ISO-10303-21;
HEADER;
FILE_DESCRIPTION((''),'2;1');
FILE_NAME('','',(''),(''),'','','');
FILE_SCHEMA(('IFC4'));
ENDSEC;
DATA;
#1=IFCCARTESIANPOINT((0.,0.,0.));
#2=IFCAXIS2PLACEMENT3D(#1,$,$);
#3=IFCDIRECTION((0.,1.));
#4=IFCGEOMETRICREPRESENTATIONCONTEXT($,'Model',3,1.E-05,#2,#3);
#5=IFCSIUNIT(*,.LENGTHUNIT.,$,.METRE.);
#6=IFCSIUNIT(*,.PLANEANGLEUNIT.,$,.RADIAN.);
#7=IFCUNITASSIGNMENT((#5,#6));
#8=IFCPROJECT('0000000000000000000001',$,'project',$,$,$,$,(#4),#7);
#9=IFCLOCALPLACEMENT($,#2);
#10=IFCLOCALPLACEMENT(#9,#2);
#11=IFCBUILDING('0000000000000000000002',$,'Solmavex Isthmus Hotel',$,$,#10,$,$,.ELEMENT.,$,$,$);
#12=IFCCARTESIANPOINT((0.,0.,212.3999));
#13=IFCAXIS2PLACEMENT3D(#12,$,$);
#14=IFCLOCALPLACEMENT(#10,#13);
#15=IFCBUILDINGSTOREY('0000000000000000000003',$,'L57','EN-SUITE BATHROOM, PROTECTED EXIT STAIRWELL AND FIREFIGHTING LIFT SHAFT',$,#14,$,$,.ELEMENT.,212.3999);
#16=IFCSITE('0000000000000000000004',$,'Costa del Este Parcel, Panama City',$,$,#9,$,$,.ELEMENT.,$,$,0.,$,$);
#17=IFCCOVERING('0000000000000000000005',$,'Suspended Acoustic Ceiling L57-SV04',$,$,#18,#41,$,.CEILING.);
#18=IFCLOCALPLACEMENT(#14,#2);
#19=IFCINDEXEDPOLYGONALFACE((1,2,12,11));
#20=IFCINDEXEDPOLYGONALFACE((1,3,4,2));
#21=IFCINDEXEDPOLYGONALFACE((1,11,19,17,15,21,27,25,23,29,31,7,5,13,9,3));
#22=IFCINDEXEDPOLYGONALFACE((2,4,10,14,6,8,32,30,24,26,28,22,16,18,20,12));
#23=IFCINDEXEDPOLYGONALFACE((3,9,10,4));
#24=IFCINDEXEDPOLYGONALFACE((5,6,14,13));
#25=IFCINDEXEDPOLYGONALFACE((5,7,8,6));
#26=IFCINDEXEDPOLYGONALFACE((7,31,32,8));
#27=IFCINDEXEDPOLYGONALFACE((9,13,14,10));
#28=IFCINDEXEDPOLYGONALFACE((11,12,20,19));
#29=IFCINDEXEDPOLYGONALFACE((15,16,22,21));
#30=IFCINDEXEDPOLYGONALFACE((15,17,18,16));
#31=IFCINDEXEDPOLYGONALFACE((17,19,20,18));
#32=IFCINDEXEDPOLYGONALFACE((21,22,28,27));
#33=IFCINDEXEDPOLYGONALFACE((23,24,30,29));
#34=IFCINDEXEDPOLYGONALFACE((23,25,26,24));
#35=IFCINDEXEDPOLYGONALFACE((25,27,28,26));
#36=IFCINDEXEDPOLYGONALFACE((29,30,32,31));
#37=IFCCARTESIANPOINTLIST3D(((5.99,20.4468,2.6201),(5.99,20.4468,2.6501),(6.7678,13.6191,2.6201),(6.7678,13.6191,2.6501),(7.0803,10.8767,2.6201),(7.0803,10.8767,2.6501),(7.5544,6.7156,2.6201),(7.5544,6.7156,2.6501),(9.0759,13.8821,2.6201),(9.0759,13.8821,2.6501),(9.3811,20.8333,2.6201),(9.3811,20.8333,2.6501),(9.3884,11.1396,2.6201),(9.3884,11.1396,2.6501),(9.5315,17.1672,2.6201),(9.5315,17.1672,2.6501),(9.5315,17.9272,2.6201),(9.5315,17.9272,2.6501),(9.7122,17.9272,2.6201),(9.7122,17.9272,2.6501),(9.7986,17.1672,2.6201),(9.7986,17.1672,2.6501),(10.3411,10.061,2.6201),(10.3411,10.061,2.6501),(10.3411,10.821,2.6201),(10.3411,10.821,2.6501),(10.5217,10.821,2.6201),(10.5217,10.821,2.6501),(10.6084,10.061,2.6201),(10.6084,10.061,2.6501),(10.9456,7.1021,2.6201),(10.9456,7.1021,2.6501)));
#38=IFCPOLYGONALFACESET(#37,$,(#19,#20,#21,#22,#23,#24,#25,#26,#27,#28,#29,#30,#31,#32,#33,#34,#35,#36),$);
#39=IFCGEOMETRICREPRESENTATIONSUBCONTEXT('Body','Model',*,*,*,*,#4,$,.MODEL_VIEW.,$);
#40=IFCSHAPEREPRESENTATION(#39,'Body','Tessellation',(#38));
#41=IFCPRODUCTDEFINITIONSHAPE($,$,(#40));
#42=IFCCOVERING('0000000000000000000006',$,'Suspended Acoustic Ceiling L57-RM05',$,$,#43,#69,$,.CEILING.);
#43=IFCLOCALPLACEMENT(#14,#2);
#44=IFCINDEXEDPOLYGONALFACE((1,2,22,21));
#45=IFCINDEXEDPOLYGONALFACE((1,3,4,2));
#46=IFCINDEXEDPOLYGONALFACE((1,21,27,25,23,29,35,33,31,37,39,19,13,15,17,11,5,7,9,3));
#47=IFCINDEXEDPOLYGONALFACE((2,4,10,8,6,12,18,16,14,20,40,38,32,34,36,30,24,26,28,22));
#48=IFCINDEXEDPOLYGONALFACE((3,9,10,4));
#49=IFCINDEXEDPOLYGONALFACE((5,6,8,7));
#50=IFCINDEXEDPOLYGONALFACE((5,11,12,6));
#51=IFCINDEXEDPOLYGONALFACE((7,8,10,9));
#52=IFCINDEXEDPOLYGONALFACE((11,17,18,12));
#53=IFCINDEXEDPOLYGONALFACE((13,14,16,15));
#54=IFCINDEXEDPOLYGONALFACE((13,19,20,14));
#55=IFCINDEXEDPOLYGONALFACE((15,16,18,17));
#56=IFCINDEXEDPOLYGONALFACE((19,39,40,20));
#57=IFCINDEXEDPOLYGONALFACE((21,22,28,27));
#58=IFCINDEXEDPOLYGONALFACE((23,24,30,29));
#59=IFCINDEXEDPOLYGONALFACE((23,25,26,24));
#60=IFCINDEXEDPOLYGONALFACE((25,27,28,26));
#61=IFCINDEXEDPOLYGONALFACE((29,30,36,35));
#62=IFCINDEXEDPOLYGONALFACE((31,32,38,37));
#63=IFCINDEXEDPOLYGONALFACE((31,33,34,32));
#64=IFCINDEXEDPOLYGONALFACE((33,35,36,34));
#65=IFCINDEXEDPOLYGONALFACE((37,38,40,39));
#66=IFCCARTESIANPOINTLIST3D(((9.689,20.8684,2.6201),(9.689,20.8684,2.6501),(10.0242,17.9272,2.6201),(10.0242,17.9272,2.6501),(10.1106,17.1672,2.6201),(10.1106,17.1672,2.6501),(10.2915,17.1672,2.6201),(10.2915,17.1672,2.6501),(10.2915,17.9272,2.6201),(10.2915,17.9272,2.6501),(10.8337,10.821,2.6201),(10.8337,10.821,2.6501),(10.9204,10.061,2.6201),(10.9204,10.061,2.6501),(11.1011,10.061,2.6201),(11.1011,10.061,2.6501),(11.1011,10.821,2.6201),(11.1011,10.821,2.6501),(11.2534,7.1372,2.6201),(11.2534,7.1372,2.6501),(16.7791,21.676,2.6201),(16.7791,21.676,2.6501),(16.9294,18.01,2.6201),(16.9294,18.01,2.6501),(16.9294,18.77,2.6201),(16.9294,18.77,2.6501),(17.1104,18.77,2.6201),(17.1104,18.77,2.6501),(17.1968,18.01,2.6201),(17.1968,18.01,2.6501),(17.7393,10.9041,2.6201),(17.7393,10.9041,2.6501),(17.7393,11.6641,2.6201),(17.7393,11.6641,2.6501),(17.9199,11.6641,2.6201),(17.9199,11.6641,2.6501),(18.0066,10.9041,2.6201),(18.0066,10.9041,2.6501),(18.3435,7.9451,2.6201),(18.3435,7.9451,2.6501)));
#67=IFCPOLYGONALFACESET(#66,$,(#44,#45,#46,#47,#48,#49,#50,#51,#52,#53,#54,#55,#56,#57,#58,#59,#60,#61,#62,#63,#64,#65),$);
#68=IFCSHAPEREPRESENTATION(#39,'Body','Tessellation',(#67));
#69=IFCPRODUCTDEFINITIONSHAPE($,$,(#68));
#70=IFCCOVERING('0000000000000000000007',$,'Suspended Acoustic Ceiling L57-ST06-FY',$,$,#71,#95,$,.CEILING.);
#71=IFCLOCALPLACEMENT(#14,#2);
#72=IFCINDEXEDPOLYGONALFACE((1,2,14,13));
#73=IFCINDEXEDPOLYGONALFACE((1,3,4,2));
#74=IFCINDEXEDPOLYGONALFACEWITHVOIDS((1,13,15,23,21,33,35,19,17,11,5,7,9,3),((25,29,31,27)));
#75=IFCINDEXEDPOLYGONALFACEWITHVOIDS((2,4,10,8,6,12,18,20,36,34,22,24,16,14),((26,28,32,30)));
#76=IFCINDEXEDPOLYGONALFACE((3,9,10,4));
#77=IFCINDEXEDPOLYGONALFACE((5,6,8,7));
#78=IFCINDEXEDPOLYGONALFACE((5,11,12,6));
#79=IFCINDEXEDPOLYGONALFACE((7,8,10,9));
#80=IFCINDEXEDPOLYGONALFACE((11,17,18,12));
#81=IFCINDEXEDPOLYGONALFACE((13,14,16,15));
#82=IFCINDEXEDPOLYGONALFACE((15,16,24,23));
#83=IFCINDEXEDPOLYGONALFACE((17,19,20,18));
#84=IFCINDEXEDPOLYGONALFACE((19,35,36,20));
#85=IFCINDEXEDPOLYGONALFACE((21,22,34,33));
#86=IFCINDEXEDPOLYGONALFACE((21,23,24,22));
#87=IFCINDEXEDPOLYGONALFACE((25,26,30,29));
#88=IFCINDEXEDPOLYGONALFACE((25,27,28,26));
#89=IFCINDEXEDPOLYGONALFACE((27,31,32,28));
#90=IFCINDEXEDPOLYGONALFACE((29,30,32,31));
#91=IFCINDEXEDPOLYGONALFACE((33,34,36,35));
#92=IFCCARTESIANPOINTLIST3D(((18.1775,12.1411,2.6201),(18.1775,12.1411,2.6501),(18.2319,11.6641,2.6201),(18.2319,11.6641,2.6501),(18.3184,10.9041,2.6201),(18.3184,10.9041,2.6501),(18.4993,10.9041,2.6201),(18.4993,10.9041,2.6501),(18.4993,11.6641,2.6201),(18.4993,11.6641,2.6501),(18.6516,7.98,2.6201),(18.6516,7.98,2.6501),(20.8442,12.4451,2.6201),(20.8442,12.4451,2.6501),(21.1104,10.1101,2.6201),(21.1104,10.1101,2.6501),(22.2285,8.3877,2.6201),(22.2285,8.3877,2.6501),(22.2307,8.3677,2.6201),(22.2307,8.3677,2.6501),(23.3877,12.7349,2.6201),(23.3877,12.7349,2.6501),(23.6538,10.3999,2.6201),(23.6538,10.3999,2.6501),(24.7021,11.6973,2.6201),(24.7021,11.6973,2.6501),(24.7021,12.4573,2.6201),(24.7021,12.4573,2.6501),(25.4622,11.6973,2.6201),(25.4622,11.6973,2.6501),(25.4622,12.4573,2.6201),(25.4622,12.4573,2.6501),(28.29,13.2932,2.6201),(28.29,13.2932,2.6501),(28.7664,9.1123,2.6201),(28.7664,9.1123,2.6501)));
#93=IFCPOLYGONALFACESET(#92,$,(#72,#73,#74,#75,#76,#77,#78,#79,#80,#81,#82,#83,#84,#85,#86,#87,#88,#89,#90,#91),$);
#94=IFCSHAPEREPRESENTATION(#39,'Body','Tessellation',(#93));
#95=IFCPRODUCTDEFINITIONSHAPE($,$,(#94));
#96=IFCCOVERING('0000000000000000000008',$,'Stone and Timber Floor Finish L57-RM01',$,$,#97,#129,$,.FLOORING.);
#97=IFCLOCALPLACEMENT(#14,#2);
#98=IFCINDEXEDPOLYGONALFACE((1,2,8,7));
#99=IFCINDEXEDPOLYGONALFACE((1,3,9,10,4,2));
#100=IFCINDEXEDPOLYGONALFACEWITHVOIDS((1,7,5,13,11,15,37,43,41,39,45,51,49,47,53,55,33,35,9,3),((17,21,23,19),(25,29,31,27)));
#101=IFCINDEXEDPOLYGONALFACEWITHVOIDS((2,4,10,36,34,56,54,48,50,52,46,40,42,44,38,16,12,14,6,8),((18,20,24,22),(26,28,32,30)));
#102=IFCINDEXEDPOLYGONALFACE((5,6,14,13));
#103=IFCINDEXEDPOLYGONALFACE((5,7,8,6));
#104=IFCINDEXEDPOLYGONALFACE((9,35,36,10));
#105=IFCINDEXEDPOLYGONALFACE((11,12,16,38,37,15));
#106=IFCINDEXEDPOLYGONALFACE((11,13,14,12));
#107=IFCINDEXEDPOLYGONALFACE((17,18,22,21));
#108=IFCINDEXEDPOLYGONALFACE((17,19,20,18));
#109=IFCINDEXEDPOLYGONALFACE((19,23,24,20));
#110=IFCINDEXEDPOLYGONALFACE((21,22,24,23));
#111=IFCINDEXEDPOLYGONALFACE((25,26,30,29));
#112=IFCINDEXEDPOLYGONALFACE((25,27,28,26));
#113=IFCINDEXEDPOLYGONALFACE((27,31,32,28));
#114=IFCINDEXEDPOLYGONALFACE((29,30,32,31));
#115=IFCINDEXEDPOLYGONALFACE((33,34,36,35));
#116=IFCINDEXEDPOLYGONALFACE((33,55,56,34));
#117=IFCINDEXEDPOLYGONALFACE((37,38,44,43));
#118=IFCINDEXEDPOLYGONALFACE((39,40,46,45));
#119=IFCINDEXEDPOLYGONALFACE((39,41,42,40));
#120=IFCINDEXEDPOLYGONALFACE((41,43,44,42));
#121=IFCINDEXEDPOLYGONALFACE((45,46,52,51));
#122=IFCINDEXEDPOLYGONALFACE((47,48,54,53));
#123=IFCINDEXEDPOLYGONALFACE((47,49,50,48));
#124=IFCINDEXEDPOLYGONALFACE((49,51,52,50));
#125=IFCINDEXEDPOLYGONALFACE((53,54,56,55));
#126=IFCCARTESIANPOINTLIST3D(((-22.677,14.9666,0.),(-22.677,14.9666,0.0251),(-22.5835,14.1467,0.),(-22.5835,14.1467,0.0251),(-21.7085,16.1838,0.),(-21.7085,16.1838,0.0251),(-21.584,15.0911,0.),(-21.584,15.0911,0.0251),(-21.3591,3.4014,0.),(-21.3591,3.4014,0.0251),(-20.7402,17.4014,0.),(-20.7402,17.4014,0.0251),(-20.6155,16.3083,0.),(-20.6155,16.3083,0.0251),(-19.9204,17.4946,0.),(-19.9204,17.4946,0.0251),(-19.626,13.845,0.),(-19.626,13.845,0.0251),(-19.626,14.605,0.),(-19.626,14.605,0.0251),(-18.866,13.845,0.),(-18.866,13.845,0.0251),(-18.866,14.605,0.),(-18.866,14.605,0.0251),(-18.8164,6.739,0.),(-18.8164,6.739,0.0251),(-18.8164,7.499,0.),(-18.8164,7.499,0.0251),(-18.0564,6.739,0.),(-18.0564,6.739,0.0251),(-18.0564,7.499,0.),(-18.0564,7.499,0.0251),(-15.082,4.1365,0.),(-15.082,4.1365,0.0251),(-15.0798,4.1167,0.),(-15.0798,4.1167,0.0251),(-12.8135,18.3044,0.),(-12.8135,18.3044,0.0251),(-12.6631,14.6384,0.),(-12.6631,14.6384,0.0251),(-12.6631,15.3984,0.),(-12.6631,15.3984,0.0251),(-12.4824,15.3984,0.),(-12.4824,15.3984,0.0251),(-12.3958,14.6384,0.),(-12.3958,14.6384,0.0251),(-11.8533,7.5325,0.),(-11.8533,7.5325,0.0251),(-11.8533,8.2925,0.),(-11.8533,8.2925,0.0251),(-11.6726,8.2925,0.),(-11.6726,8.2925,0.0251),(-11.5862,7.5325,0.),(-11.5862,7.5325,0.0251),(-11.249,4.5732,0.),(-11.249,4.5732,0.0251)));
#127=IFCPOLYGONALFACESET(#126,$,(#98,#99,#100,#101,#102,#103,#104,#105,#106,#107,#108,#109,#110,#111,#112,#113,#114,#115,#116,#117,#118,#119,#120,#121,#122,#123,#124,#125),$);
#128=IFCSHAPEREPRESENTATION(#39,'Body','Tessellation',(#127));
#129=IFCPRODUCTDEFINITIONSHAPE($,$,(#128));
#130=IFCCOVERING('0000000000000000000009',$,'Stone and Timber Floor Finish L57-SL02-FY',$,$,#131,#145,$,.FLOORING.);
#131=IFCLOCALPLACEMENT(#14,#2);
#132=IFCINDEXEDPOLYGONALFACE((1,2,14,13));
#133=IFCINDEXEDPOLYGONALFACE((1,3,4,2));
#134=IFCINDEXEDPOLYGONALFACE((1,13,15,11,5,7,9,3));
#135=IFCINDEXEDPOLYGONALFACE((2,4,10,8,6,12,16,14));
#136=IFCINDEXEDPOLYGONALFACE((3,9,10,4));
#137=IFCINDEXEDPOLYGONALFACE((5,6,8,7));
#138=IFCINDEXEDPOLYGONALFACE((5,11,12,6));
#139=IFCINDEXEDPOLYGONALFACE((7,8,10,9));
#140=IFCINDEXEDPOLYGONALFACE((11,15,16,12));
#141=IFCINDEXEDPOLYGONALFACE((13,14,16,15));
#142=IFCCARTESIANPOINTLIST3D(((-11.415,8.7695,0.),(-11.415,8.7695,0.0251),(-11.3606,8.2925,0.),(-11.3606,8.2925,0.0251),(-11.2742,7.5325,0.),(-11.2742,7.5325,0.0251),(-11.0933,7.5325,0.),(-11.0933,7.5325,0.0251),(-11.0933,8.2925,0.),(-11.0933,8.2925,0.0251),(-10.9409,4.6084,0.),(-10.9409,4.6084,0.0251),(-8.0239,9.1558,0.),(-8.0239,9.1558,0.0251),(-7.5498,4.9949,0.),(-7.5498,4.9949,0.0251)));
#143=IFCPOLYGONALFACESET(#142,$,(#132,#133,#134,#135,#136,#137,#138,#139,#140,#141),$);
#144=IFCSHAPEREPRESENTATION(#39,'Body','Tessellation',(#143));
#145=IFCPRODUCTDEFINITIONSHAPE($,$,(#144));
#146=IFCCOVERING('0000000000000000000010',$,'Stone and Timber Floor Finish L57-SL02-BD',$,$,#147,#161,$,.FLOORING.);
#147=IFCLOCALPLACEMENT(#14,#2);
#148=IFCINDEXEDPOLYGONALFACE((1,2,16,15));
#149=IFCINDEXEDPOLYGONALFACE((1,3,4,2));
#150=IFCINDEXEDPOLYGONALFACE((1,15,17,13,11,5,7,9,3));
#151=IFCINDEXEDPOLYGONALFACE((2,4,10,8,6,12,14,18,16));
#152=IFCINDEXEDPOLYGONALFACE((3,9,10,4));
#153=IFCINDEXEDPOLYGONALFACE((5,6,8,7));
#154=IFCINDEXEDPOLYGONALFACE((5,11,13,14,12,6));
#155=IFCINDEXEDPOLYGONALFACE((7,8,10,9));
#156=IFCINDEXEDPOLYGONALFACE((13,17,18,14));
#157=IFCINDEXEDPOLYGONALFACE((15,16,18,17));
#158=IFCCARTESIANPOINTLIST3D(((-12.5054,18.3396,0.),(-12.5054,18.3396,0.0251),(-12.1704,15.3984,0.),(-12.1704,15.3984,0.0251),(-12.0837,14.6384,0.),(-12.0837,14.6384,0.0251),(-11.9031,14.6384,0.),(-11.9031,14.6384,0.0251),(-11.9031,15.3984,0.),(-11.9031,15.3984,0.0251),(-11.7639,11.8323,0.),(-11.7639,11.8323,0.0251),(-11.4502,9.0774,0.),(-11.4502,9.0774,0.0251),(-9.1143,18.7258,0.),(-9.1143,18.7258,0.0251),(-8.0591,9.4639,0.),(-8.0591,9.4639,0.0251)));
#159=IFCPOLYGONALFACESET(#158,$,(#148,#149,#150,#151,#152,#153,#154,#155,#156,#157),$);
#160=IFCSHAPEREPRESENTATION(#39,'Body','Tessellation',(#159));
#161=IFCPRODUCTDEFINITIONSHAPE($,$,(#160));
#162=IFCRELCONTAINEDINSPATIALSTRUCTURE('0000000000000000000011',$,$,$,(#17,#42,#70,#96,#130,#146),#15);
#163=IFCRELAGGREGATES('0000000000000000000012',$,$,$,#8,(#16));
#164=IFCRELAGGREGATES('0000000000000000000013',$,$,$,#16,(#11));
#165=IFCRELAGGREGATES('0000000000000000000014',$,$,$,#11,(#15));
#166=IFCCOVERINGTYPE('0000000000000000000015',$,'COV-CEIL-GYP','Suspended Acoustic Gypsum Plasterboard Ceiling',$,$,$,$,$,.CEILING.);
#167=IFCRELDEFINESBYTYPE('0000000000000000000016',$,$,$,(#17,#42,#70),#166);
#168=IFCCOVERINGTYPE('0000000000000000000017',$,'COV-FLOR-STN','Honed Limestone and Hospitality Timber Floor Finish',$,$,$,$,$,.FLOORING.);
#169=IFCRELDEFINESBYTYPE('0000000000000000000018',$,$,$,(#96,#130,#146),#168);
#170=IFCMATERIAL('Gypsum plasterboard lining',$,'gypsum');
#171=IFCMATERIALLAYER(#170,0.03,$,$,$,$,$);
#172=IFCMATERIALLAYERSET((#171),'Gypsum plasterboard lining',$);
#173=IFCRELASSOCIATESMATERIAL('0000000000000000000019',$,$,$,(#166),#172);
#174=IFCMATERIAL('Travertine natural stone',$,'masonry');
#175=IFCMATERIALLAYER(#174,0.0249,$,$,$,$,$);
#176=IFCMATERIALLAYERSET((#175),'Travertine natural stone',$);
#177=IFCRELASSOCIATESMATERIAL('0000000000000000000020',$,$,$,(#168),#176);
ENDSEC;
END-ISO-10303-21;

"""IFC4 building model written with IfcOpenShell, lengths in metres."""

from ifc_helpers import new_model, si_unit, direction, frame, origin, place, context, subcontext, project, spatial, polyline, outline, extrude, material, layer, layer_set, type_object, element, save


model = new_model("IFC4")

# Units and contexts
model_context = context("Model", 3, precision=1e-05, world=origin(), true_north=direction((0.0, 1.0)))
body_context = subcontext(model_context, "Body", "Model", "MODEL_VIEW")
ifc_project = project(units=[si_unit("LENGTHUNIT", "METRE"), si_unit("PLANEANGLEUNIT", "RADIAN")], contexts=[model_context])

# Site, building, storey
site_placement = place(None, origin())
site = spatial("IfcSite", under=ifc_project, at=site_placement, Name="Costa del Este Parcel, Panama City", CompositionType="ELEMENT", RefElevation=0.0)
building_placement = place(site_placement, origin())
building = spatial("IfcBuilding", under=site, at=building_placement, Name="Solmavex Isthmus Hotel", CompositionType="ELEMENT")
storey_placement = place(building_placement, frame((0.0, 0.0, 212.3999)))
storey = spatial("IfcBuildingStorey", under=building, at=storey_placement, Name="L57", Description="EN-SUITE BATHROOM, PROTECTED EXIT STAIRWELL AND FIREFIGHTING LIFT SHAFT", CompositionType="ELEMENT", Elevation=212.3999)

# Shared definitions
ifc_material_1 = material(Name="Gypsum plasterboard lining", Category="gypsum")

# Coverings
ifc_layer_1 = layer(ifc_material_1, 0.03)
ifc_layer_set_1 = layer_set([ifc_layer_1], Name="Gypsum plasterboard lining")
covering_type_1 = type_object("IfcCoveringType", Name="COV-CEIL-GYP", Description="Suspended Acoustic Gypsum Plasterboard Ceiling", PredefinedType="CEILING", material=ifc_layer_set_1)
covering_1_placement = place(storey_placement, frame((0.0, 0.0, 2.6201)))
element("IfcCovering", 1, at=covering_1_placement, inside=storey, type_object=covering_type_1, Name="Suspended Acoustic Ceiling L57-SV04", PredefinedType="CEILING", context=body_context, shape_type="SweptSolid", body=[
    extrude(outline(polyline([(9.7986, 17.1672), (9.5315, 17.1672), (9.5315, 17.9272), (9.7122, 17.9272), (9.3811, 20.8333), (5.99, 20.4468), (6.7678, 13.6191), (9.0759, 13.8821), (9.3884, 11.1396), (7.0803, 10.8767), (7.5544, 6.7156), (10.9456, 7.1021), (10.6084, 10.061), (10.3411, 10.061), (10.3411, 10.821), (10.5217, 10.821), (9.7986, 17.1672)])), origin(), (0.0, 0.0, 1.0), 0.03),
])
covering_2_placement = place(storey_placement, frame((0.0, 0.0, 2.6201)))
element("IfcCovering", 2, at=covering_2_placement, inside=storey, type_object=covering_type_1, Name="Suspended Acoustic Ceiling L57-RM05", PredefinedType="CEILING", context=body_context, shape_type="SweptSolid", body=[
    extrude(outline(polyline([(10.8337, 10.821), (11.1011, 10.821), (11.1011, 10.061), (10.9204, 10.061), (11.2534, 7.1372), (18.3435, 7.9451), (18.0066, 10.9041), (17.7393, 10.9041), (17.7393, 11.6641), (17.9199, 11.6641), (17.1968, 18.01), (16.9294, 18.01), (16.9294, 18.77), (17.1104, 18.77), (16.7791, 21.676), (9.689, 20.8684), (10.0242, 17.9272), (10.2915, 17.9272), (10.2915, 17.1672), (10.1106, 17.1672), (10.8337, 10.821)])), origin(), (0.0, 0.0, 1.0), 0.03),
])
covering_3_placement = place(storey_placement, frame((0.0, 0.0, 2.6201)))
element("IfcCovering", 3, at=covering_3_placement, inside=storey, type_object=covering_type_1, Name="Suspended Acoustic Ceiling L57-ST06-FY", PredefinedType="CEILING", context=body_context, shape_type="SweptSolid", body=[
    extrude(outline(polyline([(18.1775, 12.1411), (18.2319, 11.6641), (18.4993, 11.6641), (18.4993, 10.9041), (18.3184, 10.9041), (18.6516, 7.98), (22.2285, 8.3877), (22.2307, 8.3677), (28.7664, 9.1123), (28.29, 13.2932), (23.3877, 12.7349), (23.6538, 10.3999), (21.1104, 10.1101), (20.8442, 12.4451), (18.1775, 12.1411)]), holes=[polyline([(24.7021, 11.6973), (24.7021, 12.4573), (25.4622, 12.4573), (25.4622, 11.6973), (24.7021, 11.6973)])]), origin(), (0.0, 0.0, 1.0), 0.03),
])
ifc_material_2 = material(Name="Travertine natural stone", Category="masonry")
ifc_layer_2 = layer(ifc_material_2, 0.0249)
ifc_layer_set_2 = layer_set([ifc_layer_2], Name="Travertine natural stone")
covering_type_2 = type_object("IfcCoveringType", Name="COV-FLOR-STN", Description="Honed Limestone and Hospitality Timber Floor Finish", PredefinedType="FLOORING", material=ifc_layer_set_2)
covering_4_placement = place(storey_placement, origin())
element("IfcCovering", 4, at=covering_4_placement, inside=storey, type_object=covering_type_2, Name="Stone and Timber Floor Finish L57-RM01", PredefinedType="FLOORING", context=body_context, shape_type="SweptSolid", body=[
    extrude(outline(polyline([(-15.0798, 4.1167), (-15.082, 4.1365), (-11.249, 4.5732), (-11.5862, 7.5325), (-11.8533, 7.5325), (-11.8533, 8.2925), (-11.6726, 8.2925), (-12.3958, 14.6384), (-12.6631, 14.6384), (-12.6631, 15.3984), (-12.4824, 15.3984), (-12.8135, 18.3044), (-19.9204, 17.4946), (-20.7402, 17.4014), (-20.6155, 16.3083), (-21.7085, 16.1838), (-21.584, 15.0911), (-22.677, 14.9666), (-22.5835, 14.1467), (-21.3591, 3.4014), (-15.0798, 4.1167)]), holes=[polyline([(-18.8164, 6.739), (-18.8164, 7.499), (-18.0564, 7.499), (-18.0564, 6.739), (-18.8164, 6.739)]), polyline([(-19.626, 13.845), (-19.626, 14.605), (-18.866, 14.605), (-18.866, 13.845), (-19.626, 13.845)])]), origin(), (0.0, 0.0, 1.0), 0.0251),
])
covering_5_placement = place(storey_placement, origin())
element("IfcCovering", 5, at=covering_5_placement, inside=storey, type_object=covering_type_2, Name="Stone and Timber Floor Finish L57-SL02-FY", PredefinedType="FLOORING", context=body_context, shape_type="SweptSolid", body=[
    extrude(outline(polyline([(-11.3606, 8.2925), (-11.0933, 8.2925), (-11.0933, 7.5325), (-11.2742, 7.5325), (-10.9409, 4.6084), (-7.5498, 4.9949), (-8.0239, 9.1558), (-11.415, 8.7695), (-11.3606, 8.2925)])), origin(), (0.0, 0.0, 1.0), 0.0251),
])
covering_6_placement = place(storey_placement, origin())
element("IfcCovering", 6, at=covering_6_placement, inside=storey, type_object=covering_type_2, Name="Stone and Timber Floor Finish L57-SL02-BD", PredefinedType="FLOORING", context=body_context, shape_type="SweptSolid", body=[
    extrude(outline(polyline([(-12.1704, 15.3984), (-11.9031, 15.3984), (-11.9031, 14.6384), (-12.0837, 14.6384), (-11.7639, 11.8323), (-11.4502, 9.0774), (-8.0591, 9.4639), (-9.1143, 18.7258), (-12.5054, 18.3396), (-12.1704, 15.3984)])), origin(), (0.0, 0.0, 1.0), 0.0251),
])

save(model, "model.ifc")
